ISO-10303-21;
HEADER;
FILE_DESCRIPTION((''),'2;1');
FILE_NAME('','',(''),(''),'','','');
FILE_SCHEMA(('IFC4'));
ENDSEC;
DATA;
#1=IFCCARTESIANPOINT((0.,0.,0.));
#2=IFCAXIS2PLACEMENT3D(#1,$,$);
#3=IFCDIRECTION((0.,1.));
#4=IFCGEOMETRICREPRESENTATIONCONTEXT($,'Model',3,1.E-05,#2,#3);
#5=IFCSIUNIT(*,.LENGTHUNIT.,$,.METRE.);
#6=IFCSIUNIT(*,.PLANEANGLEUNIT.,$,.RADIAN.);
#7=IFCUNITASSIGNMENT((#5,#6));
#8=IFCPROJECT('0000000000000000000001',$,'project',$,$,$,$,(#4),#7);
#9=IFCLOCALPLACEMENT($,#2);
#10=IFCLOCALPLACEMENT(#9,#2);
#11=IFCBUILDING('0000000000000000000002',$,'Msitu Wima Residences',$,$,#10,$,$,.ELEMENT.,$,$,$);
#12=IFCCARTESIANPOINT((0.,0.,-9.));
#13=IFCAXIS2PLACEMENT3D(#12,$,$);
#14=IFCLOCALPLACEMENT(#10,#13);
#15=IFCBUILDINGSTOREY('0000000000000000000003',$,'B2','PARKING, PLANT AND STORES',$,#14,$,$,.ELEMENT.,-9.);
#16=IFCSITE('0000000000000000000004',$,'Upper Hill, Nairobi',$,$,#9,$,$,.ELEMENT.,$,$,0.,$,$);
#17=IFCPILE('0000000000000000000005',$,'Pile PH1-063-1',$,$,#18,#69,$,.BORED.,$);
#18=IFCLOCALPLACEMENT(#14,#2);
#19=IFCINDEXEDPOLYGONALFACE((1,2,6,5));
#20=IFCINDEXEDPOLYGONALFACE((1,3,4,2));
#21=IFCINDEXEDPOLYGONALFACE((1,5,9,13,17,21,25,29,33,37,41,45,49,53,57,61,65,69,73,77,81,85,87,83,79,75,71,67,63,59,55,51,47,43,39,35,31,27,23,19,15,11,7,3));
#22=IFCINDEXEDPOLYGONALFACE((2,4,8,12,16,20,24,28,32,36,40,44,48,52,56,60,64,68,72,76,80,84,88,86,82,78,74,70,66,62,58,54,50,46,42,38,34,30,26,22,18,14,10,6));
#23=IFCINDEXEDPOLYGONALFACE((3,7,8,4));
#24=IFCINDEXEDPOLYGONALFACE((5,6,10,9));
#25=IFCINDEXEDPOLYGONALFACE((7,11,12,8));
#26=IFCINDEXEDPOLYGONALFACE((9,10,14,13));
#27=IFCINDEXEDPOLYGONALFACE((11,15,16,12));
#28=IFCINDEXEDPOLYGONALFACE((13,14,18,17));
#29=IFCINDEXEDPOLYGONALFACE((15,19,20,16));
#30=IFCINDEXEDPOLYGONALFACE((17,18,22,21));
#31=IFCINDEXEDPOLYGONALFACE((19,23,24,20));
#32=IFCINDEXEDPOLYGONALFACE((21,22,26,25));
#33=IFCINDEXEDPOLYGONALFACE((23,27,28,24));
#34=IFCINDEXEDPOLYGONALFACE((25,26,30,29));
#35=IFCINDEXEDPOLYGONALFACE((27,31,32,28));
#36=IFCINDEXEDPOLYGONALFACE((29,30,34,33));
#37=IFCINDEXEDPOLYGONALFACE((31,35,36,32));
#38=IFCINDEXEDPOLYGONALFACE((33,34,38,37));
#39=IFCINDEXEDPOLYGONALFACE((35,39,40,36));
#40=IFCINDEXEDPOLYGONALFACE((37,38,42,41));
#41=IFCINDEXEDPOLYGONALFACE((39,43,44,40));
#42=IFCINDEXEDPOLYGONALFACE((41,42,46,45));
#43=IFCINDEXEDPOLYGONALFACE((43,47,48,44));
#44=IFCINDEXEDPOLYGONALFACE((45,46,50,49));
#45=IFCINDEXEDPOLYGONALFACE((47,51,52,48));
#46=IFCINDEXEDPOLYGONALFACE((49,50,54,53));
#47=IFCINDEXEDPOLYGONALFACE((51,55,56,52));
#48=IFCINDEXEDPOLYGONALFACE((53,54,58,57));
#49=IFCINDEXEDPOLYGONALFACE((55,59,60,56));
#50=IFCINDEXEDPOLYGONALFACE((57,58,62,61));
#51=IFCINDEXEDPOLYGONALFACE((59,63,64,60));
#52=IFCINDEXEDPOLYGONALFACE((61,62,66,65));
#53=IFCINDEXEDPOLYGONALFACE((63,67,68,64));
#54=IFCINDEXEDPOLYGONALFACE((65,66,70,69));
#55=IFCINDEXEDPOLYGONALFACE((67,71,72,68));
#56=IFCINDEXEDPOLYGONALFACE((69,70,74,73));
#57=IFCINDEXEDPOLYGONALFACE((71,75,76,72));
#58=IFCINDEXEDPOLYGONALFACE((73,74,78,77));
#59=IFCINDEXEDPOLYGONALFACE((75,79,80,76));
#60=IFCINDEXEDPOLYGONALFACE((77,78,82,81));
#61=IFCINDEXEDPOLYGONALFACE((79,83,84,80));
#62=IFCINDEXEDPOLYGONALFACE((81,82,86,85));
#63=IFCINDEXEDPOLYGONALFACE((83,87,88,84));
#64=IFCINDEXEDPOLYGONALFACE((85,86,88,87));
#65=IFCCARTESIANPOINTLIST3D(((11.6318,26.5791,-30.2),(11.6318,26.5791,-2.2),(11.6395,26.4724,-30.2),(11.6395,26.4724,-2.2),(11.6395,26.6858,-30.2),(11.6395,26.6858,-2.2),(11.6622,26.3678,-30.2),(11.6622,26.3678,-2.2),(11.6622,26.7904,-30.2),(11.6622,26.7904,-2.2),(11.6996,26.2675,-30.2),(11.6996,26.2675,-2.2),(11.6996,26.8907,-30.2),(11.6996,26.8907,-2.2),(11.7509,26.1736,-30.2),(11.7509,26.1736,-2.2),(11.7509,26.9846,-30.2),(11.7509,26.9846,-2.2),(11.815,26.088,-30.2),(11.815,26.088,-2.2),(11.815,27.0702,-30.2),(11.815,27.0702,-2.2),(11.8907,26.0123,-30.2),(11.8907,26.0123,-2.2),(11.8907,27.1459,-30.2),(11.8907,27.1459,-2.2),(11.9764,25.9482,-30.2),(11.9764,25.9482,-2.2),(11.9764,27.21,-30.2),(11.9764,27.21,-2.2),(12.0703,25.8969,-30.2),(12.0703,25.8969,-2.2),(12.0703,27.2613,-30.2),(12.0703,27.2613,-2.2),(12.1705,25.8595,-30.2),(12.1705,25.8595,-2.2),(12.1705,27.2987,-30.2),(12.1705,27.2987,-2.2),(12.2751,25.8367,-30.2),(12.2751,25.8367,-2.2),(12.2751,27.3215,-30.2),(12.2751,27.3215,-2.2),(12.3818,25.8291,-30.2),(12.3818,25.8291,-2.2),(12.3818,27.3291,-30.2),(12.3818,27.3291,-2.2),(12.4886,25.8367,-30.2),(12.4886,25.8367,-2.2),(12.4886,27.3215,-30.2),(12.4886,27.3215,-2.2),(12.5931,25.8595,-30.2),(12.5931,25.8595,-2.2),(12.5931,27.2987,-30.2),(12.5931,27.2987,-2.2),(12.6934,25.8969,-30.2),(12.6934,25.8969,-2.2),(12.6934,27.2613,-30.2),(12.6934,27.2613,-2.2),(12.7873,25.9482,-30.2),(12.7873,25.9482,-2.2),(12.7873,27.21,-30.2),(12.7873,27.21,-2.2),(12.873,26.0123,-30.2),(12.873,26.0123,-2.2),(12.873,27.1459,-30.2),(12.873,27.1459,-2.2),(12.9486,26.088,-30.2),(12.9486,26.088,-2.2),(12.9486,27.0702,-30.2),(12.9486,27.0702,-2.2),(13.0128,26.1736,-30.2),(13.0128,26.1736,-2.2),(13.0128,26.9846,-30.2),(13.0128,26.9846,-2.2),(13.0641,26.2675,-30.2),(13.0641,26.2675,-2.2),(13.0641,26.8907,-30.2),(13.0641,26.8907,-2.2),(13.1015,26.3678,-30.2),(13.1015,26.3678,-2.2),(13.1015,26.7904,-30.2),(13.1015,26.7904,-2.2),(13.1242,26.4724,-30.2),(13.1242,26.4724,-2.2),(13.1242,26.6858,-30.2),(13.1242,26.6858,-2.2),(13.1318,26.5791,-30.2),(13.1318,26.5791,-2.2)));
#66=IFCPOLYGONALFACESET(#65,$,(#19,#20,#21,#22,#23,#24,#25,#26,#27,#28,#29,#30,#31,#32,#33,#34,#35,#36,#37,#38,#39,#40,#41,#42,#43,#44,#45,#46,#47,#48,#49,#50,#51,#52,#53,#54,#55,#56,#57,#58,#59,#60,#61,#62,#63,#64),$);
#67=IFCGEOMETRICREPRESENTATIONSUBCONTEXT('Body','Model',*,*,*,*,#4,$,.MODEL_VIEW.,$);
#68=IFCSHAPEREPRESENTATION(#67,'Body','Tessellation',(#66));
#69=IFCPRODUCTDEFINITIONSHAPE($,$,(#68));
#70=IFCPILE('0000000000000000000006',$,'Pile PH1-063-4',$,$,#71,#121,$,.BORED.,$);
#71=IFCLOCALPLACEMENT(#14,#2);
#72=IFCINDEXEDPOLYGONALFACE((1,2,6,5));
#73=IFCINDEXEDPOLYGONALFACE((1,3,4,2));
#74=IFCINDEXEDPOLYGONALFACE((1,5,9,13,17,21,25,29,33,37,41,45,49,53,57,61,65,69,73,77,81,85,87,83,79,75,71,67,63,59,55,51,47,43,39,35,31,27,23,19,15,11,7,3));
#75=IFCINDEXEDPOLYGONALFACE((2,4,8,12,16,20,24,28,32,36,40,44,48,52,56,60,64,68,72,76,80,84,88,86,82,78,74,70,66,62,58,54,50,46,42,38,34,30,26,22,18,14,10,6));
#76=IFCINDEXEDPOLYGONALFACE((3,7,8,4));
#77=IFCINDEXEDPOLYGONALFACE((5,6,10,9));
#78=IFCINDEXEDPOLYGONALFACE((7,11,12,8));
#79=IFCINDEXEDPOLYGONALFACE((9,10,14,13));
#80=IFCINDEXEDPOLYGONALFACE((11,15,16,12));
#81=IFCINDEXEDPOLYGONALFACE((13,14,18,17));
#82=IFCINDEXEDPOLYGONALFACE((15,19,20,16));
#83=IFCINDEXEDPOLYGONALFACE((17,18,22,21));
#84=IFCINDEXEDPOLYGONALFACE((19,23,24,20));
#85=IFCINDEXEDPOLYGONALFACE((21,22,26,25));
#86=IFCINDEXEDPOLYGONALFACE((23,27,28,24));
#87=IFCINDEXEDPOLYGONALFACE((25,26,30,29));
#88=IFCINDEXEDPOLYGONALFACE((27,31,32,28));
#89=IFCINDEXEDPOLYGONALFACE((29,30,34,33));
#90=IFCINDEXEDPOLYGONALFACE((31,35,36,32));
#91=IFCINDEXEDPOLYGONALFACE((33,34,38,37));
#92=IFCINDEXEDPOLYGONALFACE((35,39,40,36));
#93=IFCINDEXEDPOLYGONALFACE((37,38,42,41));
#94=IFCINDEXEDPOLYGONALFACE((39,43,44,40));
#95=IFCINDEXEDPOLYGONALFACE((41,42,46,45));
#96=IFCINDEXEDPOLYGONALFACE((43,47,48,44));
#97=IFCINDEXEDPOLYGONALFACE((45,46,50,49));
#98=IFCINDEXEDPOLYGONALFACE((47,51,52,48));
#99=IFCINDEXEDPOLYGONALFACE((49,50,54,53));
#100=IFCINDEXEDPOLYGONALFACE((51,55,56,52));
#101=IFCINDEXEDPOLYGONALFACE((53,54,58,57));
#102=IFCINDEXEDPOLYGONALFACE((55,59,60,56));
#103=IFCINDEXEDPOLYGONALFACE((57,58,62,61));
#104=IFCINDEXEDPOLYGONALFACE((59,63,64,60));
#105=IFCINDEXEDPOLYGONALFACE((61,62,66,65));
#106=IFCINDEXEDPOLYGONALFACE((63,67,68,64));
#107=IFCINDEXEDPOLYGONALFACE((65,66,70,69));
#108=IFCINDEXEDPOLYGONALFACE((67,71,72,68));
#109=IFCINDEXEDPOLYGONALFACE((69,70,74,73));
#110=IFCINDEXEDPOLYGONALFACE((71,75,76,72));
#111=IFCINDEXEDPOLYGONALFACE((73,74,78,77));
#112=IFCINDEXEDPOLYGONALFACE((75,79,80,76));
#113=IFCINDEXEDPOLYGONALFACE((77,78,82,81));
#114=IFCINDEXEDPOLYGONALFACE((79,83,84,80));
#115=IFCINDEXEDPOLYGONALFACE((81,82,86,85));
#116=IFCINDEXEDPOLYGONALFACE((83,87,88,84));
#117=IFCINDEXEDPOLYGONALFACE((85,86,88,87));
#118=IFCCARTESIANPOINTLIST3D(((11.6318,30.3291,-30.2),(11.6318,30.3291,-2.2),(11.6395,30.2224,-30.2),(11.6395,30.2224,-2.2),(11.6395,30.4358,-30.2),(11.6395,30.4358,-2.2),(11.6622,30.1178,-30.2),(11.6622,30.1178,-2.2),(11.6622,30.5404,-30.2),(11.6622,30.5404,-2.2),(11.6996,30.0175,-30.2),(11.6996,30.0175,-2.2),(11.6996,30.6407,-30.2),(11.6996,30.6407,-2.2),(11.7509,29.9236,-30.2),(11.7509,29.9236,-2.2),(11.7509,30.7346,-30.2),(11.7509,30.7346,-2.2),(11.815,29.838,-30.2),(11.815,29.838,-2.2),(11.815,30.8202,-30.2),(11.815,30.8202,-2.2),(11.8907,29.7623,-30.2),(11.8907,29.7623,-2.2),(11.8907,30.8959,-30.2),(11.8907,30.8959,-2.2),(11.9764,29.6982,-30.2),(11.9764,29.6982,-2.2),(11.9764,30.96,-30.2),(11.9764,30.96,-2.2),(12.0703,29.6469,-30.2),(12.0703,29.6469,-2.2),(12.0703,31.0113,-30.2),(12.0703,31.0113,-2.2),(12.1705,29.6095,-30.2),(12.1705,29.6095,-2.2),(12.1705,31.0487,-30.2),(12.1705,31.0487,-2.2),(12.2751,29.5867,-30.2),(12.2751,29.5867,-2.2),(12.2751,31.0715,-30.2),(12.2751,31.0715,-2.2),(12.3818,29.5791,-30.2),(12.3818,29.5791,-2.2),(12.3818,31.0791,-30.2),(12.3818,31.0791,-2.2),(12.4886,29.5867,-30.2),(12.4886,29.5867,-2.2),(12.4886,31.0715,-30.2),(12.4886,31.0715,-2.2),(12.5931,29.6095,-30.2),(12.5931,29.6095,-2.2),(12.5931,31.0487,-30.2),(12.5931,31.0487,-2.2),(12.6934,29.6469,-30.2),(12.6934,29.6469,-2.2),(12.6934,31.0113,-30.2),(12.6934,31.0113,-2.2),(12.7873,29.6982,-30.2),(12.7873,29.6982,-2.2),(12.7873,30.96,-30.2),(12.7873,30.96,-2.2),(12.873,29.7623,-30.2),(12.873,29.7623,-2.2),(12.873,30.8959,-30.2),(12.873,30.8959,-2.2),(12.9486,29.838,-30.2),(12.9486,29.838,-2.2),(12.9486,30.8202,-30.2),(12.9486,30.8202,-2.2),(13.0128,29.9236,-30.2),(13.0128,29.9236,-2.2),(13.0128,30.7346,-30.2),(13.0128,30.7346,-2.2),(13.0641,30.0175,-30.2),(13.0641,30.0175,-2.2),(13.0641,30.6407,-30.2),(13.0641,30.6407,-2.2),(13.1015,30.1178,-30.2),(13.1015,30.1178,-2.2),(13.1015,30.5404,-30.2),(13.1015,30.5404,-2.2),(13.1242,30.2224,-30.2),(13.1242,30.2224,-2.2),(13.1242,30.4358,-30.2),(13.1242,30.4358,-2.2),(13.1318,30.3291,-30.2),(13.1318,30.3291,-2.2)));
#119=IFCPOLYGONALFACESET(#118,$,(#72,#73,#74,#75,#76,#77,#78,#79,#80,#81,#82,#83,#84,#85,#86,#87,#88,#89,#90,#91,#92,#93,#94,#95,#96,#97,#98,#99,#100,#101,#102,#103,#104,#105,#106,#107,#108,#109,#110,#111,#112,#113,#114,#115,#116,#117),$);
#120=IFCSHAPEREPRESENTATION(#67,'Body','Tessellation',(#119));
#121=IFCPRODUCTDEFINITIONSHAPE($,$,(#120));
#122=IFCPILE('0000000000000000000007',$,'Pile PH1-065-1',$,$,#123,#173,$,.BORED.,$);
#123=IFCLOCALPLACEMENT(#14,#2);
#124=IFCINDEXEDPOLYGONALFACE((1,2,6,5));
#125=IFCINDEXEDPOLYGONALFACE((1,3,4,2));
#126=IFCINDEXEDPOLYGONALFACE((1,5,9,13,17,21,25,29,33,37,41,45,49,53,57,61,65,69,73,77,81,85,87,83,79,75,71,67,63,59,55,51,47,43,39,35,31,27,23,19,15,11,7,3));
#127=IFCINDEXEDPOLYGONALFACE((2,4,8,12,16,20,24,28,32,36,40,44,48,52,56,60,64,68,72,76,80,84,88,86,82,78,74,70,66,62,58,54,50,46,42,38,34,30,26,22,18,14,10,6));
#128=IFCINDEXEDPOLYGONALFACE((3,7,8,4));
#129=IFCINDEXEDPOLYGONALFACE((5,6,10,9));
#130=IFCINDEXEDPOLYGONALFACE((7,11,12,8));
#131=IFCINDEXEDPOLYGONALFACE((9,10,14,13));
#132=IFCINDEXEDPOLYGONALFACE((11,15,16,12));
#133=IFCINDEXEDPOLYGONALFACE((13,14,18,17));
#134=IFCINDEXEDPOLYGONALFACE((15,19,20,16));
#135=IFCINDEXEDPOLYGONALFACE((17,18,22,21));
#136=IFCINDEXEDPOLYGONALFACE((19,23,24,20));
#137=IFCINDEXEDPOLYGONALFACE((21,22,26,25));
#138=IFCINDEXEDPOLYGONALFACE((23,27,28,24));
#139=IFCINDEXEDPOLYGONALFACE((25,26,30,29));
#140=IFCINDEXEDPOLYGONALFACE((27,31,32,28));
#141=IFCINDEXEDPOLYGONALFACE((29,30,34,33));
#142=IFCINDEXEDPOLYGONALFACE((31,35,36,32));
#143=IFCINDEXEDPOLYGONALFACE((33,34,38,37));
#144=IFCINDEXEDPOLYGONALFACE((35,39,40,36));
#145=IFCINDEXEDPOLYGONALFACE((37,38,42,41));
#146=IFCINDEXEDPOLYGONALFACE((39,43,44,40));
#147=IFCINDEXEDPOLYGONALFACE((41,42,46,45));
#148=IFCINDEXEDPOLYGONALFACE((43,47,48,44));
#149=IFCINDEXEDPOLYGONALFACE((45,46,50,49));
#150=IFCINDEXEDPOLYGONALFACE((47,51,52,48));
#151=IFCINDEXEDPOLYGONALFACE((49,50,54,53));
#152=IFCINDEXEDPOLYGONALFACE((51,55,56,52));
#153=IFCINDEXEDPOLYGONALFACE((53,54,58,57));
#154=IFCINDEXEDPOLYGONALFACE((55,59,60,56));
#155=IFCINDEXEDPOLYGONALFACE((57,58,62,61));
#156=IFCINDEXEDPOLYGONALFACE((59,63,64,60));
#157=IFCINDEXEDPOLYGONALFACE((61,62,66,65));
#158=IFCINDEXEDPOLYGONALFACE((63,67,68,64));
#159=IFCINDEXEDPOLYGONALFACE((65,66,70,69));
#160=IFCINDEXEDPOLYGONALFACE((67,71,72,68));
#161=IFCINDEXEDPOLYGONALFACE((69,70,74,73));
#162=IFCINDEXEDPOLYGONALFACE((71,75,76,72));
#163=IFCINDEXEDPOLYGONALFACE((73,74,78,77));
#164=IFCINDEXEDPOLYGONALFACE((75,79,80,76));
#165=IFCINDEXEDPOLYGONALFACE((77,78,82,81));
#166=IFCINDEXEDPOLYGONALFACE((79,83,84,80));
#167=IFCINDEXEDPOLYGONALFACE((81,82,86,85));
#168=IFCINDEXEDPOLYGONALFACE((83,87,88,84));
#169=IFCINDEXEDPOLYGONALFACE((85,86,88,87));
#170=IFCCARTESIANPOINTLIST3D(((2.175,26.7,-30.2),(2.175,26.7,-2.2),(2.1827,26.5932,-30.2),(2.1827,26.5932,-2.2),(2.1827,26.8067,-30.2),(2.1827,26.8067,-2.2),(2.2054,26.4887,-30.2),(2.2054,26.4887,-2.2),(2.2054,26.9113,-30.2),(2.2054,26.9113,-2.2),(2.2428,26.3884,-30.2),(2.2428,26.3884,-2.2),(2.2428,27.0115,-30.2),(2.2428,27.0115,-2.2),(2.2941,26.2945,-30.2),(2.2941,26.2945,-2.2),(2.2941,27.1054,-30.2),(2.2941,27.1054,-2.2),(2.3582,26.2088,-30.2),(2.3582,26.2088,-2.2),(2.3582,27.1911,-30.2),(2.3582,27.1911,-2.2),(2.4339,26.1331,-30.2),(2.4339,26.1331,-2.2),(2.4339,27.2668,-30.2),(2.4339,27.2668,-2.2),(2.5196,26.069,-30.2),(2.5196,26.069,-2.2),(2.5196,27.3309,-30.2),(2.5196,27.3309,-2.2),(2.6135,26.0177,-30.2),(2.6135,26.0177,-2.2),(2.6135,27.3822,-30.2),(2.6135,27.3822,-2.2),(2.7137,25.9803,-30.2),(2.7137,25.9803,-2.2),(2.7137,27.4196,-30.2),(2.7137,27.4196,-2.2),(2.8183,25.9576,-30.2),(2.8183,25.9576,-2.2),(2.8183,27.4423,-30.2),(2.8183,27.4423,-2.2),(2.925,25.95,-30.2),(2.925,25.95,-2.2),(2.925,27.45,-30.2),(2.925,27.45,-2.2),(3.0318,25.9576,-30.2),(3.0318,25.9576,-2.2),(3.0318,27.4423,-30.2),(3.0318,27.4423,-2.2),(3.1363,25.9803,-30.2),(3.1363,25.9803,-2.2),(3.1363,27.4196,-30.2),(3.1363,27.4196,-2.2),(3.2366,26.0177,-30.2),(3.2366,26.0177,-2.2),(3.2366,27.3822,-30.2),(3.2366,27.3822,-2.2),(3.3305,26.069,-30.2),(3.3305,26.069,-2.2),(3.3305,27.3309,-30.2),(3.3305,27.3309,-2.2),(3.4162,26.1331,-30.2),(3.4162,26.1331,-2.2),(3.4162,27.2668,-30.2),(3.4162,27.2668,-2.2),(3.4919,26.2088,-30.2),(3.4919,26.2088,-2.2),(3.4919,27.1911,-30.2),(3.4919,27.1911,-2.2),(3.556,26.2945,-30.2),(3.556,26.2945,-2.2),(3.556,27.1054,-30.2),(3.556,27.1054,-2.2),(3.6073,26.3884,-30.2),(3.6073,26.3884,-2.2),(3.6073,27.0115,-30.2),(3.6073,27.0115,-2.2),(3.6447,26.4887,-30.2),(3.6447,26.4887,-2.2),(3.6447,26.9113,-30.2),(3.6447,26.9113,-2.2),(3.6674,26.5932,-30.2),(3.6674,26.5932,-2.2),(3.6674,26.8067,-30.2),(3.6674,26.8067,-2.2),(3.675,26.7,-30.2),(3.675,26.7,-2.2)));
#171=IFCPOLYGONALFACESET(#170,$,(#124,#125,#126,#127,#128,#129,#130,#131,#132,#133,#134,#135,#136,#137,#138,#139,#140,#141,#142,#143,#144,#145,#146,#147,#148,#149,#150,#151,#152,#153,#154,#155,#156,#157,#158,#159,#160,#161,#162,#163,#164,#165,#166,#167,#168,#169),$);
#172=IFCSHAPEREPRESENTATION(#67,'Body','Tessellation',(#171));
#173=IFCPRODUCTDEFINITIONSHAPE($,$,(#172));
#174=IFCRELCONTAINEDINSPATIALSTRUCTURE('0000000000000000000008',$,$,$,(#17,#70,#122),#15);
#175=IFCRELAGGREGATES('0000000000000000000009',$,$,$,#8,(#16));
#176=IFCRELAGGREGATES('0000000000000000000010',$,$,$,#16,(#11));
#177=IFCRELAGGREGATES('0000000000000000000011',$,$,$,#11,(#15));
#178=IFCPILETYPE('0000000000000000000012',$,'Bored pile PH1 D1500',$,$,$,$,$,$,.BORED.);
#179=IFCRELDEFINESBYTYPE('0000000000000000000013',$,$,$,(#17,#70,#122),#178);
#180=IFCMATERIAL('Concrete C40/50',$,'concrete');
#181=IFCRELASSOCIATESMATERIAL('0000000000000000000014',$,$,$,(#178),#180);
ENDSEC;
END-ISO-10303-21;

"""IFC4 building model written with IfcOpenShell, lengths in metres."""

from ifc_helpers import new_model, si_unit, direction, frame, origin, origin_2d, place, context, subcontext, project, spatial, circle, extrude, material, type_object, element, save


model = new_model("IFC4")

# Units and contexts
model_context = context("Model", 3, precision=1e-05, world=origin(), true_north=direction((0.0, 1.0)))
body_context = subcontext(model_context, "Body", "Model", "MODEL_VIEW")
ifc_project = project(units=[si_unit("LENGTHUNIT", "METRE"), si_unit("PLANEANGLEUNIT", "RADIAN")], contexts=[model_context])

# Site, building, storey
site_placement = place(None, origin())
site = spatial("IfcSite", under=ifc_project, at=site_placement, Name="Upper Hill, Nairobi", CompositionType="ELEMENT", RefElevation=0.0)
building_placement = place(site_placement, origin())
building = spatial("IfcBuilding", under=site, at=building_placement, Name="Msitu Wima Residences", CompositionType="ELEMENT")
storey_placement = place(building_placement, frame((0.0, 0.0, -9.0)))
storey = spatial("IfcBuildingStorey", under=building, at=storey_placement, Name="B2", Description="PARKING, PLANT AND STORES", CompositionType="ELEMENT", Elevation=-9.0)

# Piles
ifc_material_1 = material(Name="Concrete C40/50", Category="concrete")
pile_type_1 = type_object("IfcPileType", Name="Bored pile PH1 D1500", PredefinedType="BORED", material=ifc_material_1)
for number, where, z_axis, x_axis, name in (
    (1, (12.3818, 26.5791, -2.2), (0.0, 0.0, -1.0), (1.0, 0.0, 0.0), "Pile PH1-063-1"),
    (2, (12.3818, 30.3291, -2.2), (0.0, 0.0, -1.0), (1.0, 0.0, 0.0), "Pile PH1-063-4"),
    (3, (2.925, 26.7, -2.2), (0.0, 0.0, -1.0), (1.0, 0.0, 0.0), "Pile PH1-065-1"),
):
    element("IfcPile", number, at=place(storey_placement, frame(where, z_axis=z_axis, x_axis=x_axis)), inside=storey, type_object=pile_type_1, Name=name, PredefinedType="BORED", context=body_context, shape_type="SweptSolid", body=[
        extrude(circle(Radius=0.75, at=origin_2d()), origin(), (0.0, 0.0, 1.0), 28.0),
    ])

save(model, "model.ifc")
